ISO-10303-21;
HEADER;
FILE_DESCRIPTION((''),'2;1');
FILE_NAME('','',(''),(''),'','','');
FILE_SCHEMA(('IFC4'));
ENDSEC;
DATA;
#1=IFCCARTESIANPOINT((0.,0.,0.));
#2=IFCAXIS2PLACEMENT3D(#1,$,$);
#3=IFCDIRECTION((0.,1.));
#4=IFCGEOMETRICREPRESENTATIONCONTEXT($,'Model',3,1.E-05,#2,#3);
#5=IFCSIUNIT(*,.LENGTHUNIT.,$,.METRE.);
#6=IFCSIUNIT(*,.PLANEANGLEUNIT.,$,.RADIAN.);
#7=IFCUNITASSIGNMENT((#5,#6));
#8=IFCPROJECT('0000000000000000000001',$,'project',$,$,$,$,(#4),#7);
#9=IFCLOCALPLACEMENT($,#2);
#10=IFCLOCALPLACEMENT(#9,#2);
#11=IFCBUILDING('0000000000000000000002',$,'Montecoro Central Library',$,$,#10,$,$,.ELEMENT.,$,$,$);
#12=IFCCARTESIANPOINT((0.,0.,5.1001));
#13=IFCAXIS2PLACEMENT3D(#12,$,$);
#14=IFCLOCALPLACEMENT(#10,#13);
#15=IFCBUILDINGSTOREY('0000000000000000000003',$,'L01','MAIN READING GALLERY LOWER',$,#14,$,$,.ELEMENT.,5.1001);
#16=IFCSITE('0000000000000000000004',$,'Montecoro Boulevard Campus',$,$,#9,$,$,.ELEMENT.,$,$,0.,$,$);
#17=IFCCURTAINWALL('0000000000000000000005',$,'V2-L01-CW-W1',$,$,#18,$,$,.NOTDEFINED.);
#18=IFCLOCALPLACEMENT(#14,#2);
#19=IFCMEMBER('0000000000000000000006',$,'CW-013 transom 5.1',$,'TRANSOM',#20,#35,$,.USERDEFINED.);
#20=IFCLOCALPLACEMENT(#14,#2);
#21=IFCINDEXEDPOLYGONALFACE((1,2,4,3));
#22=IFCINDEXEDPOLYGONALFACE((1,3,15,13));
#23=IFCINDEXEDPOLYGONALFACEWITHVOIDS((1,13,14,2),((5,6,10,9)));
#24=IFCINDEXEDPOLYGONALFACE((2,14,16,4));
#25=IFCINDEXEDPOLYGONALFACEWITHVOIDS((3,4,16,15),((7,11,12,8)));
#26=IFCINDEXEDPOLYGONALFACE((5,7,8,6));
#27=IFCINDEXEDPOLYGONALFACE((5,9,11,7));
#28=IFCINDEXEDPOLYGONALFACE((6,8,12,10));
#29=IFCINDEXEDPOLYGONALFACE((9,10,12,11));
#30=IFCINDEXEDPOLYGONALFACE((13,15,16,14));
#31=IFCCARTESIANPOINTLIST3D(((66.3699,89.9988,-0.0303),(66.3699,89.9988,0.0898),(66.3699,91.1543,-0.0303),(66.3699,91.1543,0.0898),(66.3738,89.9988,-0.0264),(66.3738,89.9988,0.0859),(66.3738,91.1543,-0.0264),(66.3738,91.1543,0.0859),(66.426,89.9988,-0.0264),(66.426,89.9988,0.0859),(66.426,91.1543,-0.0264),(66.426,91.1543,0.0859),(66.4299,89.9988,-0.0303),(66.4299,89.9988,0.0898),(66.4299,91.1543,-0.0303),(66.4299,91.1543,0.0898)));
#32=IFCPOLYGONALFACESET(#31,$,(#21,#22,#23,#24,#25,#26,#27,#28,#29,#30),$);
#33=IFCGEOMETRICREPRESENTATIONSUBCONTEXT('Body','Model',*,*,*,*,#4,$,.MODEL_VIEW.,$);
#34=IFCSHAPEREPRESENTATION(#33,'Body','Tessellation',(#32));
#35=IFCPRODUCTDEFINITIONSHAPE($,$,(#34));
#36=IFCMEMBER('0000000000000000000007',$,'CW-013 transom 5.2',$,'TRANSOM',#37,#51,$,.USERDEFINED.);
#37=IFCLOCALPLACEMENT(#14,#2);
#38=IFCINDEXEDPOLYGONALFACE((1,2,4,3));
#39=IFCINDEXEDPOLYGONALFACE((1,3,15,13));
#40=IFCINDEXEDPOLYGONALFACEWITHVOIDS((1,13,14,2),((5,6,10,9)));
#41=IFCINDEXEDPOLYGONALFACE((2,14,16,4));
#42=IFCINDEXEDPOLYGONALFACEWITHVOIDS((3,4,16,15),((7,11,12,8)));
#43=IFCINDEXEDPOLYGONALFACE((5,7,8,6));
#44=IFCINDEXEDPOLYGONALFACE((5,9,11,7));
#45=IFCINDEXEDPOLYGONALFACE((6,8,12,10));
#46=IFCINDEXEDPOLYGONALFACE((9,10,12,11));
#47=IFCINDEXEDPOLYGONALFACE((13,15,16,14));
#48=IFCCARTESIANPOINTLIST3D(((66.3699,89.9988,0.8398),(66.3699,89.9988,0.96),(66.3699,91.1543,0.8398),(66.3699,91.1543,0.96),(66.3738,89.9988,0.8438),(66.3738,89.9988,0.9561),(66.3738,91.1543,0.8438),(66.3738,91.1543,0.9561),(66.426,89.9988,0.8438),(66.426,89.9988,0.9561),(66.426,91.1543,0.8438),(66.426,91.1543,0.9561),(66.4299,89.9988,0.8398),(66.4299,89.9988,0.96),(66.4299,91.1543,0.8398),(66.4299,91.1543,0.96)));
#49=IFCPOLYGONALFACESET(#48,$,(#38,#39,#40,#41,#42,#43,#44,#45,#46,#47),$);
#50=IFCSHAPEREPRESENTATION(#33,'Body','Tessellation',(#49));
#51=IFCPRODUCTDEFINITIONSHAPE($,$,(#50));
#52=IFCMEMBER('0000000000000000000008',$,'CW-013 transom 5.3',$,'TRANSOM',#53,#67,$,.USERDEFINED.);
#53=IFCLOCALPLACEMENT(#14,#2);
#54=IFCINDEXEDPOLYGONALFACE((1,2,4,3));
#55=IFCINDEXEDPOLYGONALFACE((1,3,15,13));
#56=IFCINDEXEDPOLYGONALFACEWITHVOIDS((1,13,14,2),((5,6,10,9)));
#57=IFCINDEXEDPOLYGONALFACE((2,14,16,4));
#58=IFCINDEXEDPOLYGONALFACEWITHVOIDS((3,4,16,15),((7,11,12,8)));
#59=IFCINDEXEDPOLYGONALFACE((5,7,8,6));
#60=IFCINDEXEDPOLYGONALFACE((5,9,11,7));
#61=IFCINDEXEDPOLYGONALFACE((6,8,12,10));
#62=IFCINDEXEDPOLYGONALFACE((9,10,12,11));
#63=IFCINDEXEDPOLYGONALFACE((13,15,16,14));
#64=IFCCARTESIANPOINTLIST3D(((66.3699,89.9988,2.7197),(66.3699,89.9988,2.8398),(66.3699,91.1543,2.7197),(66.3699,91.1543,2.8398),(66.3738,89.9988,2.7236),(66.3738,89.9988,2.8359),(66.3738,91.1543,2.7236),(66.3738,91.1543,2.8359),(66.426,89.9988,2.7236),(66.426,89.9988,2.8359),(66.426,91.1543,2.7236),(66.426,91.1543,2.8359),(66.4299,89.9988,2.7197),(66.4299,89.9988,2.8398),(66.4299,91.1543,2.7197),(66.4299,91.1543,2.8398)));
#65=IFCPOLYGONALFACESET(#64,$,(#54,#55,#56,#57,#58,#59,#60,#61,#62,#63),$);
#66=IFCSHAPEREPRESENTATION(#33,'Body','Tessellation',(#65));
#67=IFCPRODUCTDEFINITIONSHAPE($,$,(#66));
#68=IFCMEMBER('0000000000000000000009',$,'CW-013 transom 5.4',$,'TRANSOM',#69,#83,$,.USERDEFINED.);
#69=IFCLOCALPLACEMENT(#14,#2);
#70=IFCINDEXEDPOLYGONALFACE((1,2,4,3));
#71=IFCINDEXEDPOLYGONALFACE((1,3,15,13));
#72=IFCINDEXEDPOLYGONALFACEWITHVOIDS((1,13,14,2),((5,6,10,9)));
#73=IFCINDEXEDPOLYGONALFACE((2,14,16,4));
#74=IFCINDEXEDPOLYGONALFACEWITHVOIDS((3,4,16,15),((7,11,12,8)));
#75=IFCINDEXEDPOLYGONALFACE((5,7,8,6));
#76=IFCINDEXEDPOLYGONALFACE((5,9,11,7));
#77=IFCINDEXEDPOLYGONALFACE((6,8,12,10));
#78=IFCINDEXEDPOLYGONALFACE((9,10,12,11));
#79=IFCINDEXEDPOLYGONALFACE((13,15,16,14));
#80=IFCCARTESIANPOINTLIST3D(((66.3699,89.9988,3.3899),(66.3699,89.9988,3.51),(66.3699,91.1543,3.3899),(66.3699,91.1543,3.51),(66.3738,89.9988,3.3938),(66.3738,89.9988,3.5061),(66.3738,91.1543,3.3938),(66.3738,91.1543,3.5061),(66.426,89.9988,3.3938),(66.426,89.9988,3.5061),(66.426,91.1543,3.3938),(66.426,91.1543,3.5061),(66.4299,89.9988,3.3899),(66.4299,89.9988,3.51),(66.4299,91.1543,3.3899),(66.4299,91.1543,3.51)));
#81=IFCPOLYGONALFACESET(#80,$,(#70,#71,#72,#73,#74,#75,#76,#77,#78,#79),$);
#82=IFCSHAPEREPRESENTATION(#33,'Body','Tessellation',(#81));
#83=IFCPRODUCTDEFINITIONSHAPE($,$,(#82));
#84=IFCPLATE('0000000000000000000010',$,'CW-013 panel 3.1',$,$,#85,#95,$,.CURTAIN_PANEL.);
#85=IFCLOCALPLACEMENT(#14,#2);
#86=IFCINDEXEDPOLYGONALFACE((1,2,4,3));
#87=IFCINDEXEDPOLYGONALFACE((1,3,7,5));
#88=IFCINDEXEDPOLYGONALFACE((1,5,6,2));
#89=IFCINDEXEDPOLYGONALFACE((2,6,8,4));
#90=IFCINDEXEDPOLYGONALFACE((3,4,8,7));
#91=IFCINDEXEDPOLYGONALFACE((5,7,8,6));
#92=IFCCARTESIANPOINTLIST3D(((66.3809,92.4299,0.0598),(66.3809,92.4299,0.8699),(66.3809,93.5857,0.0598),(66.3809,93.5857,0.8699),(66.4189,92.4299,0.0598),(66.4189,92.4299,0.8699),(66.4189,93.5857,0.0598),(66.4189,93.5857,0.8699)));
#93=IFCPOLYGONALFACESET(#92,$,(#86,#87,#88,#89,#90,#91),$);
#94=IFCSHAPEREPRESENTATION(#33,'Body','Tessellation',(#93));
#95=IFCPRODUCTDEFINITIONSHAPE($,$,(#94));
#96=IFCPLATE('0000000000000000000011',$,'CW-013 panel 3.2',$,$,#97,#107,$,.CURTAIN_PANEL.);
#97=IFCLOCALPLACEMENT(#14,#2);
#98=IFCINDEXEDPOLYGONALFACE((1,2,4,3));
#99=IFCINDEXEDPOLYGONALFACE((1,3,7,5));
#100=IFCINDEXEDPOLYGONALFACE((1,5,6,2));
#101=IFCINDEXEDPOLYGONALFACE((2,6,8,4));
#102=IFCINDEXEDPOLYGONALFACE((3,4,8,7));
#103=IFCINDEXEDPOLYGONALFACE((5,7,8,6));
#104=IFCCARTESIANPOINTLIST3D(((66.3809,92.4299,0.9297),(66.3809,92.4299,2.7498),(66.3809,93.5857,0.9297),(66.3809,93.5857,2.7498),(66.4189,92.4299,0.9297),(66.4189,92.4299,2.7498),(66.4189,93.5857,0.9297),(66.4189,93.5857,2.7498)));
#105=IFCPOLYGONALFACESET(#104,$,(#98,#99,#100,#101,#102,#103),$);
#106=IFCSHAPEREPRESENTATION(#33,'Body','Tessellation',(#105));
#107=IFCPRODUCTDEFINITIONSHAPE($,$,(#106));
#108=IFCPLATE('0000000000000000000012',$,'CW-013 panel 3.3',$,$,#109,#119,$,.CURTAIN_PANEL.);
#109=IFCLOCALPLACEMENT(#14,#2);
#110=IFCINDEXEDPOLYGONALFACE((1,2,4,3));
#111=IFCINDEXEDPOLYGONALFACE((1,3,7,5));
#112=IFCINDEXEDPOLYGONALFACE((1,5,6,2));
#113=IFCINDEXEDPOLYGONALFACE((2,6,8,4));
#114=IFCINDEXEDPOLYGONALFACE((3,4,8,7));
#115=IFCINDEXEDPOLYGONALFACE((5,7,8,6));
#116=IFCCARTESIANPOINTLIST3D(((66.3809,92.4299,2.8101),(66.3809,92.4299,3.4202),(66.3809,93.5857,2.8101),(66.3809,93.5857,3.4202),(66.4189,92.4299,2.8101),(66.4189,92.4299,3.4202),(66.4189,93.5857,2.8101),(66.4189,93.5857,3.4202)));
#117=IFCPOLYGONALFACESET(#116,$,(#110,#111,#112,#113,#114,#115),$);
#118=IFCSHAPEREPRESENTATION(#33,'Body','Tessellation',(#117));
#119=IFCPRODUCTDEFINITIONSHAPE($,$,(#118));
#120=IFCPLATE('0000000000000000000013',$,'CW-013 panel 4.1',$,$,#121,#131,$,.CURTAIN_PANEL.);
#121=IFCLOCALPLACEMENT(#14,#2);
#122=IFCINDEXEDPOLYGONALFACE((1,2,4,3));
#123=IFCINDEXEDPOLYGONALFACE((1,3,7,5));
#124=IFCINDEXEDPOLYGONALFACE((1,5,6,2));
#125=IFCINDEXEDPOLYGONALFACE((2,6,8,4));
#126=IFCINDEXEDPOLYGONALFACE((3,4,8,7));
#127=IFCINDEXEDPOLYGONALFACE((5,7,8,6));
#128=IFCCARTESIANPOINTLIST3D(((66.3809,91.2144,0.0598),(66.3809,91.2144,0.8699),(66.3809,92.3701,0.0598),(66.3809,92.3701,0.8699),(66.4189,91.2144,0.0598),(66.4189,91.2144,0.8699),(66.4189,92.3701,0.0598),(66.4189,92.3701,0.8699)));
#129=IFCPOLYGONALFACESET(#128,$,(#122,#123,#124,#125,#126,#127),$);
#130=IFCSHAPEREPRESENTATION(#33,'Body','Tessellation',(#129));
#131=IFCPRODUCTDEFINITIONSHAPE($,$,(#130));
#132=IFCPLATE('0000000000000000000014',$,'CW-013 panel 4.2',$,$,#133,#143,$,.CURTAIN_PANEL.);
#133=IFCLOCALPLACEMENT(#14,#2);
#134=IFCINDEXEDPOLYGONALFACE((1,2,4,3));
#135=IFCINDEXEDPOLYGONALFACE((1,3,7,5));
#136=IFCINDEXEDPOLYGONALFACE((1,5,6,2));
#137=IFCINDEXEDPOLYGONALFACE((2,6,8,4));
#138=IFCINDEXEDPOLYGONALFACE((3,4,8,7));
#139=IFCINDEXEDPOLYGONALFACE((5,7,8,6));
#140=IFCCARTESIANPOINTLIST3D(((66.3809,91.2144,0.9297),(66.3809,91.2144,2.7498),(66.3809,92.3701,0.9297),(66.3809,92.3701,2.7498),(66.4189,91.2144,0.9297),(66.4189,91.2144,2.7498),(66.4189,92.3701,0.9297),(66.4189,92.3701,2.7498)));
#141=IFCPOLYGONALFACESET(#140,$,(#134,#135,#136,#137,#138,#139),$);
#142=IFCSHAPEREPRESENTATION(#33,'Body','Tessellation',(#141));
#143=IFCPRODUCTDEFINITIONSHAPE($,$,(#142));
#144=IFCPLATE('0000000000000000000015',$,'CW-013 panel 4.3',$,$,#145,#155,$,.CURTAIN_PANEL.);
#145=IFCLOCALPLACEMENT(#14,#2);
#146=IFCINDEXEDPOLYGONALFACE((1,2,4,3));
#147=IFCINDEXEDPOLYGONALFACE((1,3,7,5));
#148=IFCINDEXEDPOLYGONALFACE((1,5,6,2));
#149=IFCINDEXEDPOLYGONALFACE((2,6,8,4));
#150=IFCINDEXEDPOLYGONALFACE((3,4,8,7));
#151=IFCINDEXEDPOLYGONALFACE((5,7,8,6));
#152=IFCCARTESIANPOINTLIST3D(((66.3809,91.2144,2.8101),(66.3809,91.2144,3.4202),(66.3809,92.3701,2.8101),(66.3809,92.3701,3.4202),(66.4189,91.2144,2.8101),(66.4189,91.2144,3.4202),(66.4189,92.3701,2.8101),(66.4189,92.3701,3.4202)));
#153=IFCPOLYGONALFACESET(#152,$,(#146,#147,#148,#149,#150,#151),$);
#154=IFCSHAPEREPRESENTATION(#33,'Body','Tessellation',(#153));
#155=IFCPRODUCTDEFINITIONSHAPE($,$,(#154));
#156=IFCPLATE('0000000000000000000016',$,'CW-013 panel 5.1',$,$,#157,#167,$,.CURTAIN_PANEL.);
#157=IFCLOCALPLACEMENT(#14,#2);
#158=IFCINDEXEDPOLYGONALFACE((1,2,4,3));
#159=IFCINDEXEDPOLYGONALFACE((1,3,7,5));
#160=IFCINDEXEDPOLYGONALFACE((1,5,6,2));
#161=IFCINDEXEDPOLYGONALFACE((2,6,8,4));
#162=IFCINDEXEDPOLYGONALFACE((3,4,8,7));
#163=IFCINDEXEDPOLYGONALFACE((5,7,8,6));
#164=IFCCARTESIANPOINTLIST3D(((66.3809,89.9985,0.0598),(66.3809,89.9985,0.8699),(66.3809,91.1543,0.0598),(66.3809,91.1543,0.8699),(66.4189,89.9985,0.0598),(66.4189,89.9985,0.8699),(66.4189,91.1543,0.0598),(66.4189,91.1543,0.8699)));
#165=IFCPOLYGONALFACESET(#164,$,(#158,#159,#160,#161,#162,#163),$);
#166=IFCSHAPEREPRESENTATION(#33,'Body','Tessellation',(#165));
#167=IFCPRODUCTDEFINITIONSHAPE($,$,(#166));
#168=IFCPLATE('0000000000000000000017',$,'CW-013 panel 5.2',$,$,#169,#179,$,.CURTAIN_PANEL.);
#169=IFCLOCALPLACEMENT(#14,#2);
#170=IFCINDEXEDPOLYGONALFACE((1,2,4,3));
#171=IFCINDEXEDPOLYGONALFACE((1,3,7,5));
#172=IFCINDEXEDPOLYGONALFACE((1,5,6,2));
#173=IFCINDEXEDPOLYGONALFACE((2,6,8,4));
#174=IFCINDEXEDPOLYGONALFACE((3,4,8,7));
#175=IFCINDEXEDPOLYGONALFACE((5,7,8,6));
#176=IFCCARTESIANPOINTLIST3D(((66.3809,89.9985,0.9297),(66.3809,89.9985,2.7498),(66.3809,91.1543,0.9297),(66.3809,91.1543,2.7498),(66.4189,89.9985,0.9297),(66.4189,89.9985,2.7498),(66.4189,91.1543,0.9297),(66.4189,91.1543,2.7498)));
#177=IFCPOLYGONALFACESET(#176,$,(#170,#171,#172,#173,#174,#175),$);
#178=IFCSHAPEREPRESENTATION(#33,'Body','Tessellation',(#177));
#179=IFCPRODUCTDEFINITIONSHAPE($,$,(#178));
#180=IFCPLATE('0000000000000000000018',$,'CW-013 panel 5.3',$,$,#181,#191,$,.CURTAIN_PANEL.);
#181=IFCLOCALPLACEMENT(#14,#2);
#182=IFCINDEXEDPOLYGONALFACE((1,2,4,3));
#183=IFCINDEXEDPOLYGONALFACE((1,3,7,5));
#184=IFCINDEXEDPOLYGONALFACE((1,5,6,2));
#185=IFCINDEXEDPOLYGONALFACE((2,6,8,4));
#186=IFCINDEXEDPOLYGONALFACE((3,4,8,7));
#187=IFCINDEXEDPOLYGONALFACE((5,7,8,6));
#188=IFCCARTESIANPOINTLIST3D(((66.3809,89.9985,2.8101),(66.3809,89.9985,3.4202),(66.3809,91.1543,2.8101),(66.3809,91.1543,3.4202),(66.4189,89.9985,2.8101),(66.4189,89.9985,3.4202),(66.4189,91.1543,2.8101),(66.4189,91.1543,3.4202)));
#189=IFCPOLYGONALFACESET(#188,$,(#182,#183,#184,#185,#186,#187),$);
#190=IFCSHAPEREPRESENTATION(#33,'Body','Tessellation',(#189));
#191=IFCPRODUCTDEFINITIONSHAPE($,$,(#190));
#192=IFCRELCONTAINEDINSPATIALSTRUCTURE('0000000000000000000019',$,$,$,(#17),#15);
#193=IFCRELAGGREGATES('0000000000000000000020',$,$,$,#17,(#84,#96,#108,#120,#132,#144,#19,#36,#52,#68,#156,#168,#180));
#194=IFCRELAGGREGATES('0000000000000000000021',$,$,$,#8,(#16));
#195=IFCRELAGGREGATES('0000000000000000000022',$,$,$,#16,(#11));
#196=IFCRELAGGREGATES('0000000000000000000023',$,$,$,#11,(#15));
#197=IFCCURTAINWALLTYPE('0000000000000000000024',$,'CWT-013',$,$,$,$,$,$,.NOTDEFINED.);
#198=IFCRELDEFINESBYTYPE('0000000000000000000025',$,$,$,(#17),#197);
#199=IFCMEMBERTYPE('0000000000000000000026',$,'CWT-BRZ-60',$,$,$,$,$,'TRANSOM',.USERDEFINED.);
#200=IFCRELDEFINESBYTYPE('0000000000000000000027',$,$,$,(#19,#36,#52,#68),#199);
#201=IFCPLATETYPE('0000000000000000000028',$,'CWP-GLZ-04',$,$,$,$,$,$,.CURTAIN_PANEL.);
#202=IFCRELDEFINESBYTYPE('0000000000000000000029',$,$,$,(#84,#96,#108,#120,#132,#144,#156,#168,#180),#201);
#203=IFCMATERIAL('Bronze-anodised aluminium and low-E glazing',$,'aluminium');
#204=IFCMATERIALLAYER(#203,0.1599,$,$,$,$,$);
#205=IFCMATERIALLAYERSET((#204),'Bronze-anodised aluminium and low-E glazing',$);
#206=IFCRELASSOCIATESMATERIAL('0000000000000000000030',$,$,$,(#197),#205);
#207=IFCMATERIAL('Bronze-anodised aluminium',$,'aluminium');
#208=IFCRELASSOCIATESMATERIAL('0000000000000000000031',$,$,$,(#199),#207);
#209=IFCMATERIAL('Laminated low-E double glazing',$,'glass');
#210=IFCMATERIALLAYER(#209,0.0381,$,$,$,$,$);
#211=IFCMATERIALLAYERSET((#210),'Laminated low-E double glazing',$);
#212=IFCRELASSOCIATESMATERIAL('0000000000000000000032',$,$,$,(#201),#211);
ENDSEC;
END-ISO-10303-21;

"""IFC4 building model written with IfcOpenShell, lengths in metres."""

from ifc_helpers import new_model, si_unit, direction, frame, origin, origin_2d, place, context, subcontext, project, spatial, rectangle, hollow_rectangle, extrude, material, layer, layer_set, material_profile, profile_set, type_object, element, aggregate, save


model = new_model("IFC4")

# Units and contexts
model_context = context("Model", 3, precision=1e-05, world=origin(), true_north=direction((0.0, 1.0)))
body_context = subcontext(model_context, "Body", "Model", "MODEL_VIEW")
ifc_project = project(units=[si_unit("LENGTHUNIT", "METRE"), si_unit("PLANEANGLEUNIT", "RADIAN")], contexts=[model_context])

# Site, building, storey
site_placement = place(None, origin())
site = spatial("IfcSite", under=ifc_project, at=site_placement, Name="Montecoro Boulevard Campus", CompositionType="ELEMENT", RefElevation=0.0)
building_placement = place(site_placement, origin())
building = spatial("IfcBuilding", under=site, at=building_placement, Name="Montecoro Central Library", CompositionType="ELEMENT")
storey_placement = place(building_placement, frame((0.0, 0.0, 5.1001)))
storey = spatial("IfcBuildingStorey", under=building, at=storey_placement, Name="L01", Description="MAIN READING GALLERY LOWER", CompositionType="ELEMENT", Elevation=5.1001)

# Curtain wall, members, plates
ifc_material_1 = material(Name="Bronze-anodised aluminium and low-E glazing", Category="aluminium")
ifc_layer_1 = layer(ifc_material_1, 0.1599)
ifc_layer_set_1 = layer_set([ifc_layer_1], Name="Bronze-anodised aluminium and low-E glazing")
curtain_wall_type = type_object("IfcCurtainWallType", Name="CWT-013", PredefinedType="NOTDEFINED", material=ifc_layer_set_1)
curtain_wall_placement = place(storey_placement, origin())
curtain_wall = element("IfcCurtainWall", 1, at=curtain_wall_placement, inside=storey, type_object=curtain_wall_type, Name="V2-L01-CW-W1", PredefinedType="NOTDEFINED")
ifc_material_2 = material(Name="Bronze-anodised aluminium", Category="aluminium")
ifc_material_profile_1 = material_profile(ifc_material_2, hollow_rectangle(XDim=0.0601, YDim=0.1201, WallThickness=0.0039, at=origin_2d()), Name="CWT 120x60x4.0")
ifc_profile_set_1 = profile_set([ifc_material_profile_1], Name="Bronze-anodised aluminium")
member_type_1 = type_object("IfcMemberType", Name="CWT-BRZ-60", ElementType="TRANSOM", PredefinedType="USERDEFINED", material=ifc_profile_set_1)
member_1_placement = place(storey_placement, frame((66.3999, 91.1543, 0.0298), z_axis=(0.0, -1.0, 0.0), x_axis=(1.0, 0.0, 0.0)))
member_1 = element("IfcMember", 2, at=member_1_placement, type_object=member_type_1, Name="CW-013 transom 5.1", ObjectType="TRANSOM", PredefinedType="USERDEFINED", context=body_context, shape_type="SweptSolid", body=[
    extrude(hollow_rectangle(XDim=0.0601, YDim=0.1201, WallThickness=0.0039, at=origin_2d()), origin(), (0.0, 0.0, 1.0), 1.1555),
])
member_2_placement = place(storey_placement, frame((66.3999, 91.1543, 0.8999), z_axis=(0.0, -1.0, 0.0), x_axis=(1.0, 0.0, 0.0)))
member_2 = element("IfcMember", 3, at=member_2_placement, type_object=member_type_1, Name="CW-013 transom 5.2", ObjectType="TRANSOM", PredefinedType="USERDEFINED", context=body_context, shape_type="SweptSolid", body=[
    extrude(hollow_rectangle(XDim=0.0601, YDim=0.1201, WallThickness=0.0039, at=origin_2d()), origin(), (0.0, 0.0, 1.0), 1.1555),
])
member_3_placement = place(storey_placement, frame((66.3999, 91.1543, 2.7798), z_axis=(0.0, -1.0, 0.0), x_axis=(1.0, 0.0, 0.0)))
member_3 = element("IfcMember", 4, at=member_3_placement, type_object=member_type_1, Name="CW-013 transom 5.3", ObjectType="TRANSOM", PredefinedType="USERDEFINED", context=body_context, shape_type="SweptSolid", body=[
    extrude(hollow_rectangle(XDim=0.0601, YDim=0.1201, WallThickness=0.0039, at=origin_2d()), origin(), (0.0, 0.0, 1.0), 1.1555),
])
member_4_placement = place(storey_placement, frame((66.3999, 91.1543, 3.45), z_axis=(0.0, -1.0, 0.0), x_axis=(1.0, 0.0, 0.0)))
member_4 = element("IfcMember", 5, at=member_4_placement, type_object=member_type_1, Name="CW-013 transom 5.4", ObjectType="TRANSOM", PredefinedType="USERDEFINED", context=body_context, shape_type="SweptSolid", body=[
    extrude(hollow_rectangle(XDim=0.0601, YDim=0.1201, WallThickness=0.0039, at=origin_2d()), origin(), (0.0, 0.0, 1.0), 1.1555),
])
ifc_material_3 = material(Name="Laminated low-E double glazing", Category="glass")
ifc_layer_2 = layer(ifc_material_3, 0.0381)
ifc_layer_set_2 = layer_set([ifc_layer_2], Name="Laminated low-E double glazing")
plate_type = type_object("IfcPlateType", Name="CWP-GLZ-04", PredefinedType="CURTAIN_PANEL", material=ifc_layer_set_2)
plate_1_placement = place(storey_placement, frame((66.3999, 93.0078, 0.0598), z_axis=(0.0, 0.0, 1.0), x_axis=(0.0, -1.0, 0.0)))
plate_1 = element("IfcPlate", 6, at=plate_1_placement, type_object=plate_type, Name="CW-013 panel 3.1", PredefinedType="CURTAIN_PANEL", context=body_context, shape_type="SweptSolid", body=[
    extrude(rectangle(XDim=1.1558, YDim=0.0381, at=origin_2d()), origin(), (0.0, 0.0, 1.0), 0.8101),
])
plate_2_placement = place(storey_placement, frame((66.3999, 93.0078, 0.9297), z_axis=(0.0, 0.0, 1.0), x_axis=(0.0, -1.0, 0.0)))
plate_2 = element("IfcPlate", 7, at=plate_2_placement, type_object=plate_type, Name="CW-013 panel 3.2", PredefinedType="CURTAIN_PANEL", context=body_context, shape_type="SweptSolid", body=[
    extrude(rectangle(XDim=1.1558, YDim=0.0381, at=origin_2d()), origin(), (0.0, 0.0, 1.0), 1.8201),
])
plate_3_placement = place(storey_placement, frame((66.3999, 93.0078, 2.8101), z_axis=(0.0, 0.0, 1.0), x_axis=(0.0, -1.0, 0.0)))
plate_3 = element("IfcPlate", 8, at=plate_3_placement, type_object=plate_type, Name="CW-013 panel 3.3", PredefinedType="CURTAIN_PANEL", context=body_context, shape_type="SweptSolid", body=[
    extrude(rectangle(XDim=1.1558, YDim=0.0381, at=origin_2d()), origin(), (0.0, 0.0, 1.0), 0.6101),
])
plate_4_placement = place(storey_placement, frame((66.3999, 91.7922, 0.0598), z_axis=(0.0, 0.0, 1.0), x_axis=(0.0, -1.0, 0.0)))
plate_4 = element("IfcPlate", 9, at=plate_4_placement, type_object=plate_type, Name="CW-013 panel 4.1", PredefinedType="CURTAIN_PANEL", context=body_context, shape_type="SweptSolid", body=[
    extrude(rectangle(XDim=1.1558, YDim=0.0381, at=origin_2d()), origin(), (0.0, 0.0, 1.0), 0.8101),
])
plate_5_placement = place(storey_placement, frame((66.3999, 91.7922, 0.9297), z_axis=(0.0, 0.0, 1.0), x_axis=(0.0, -1.0, 0.0)))
plate_5 = element("IfcPlate", 10, at=plate_5_placement, type_object=plate_type, Name="CW-013 panel 4.2", PredefinedType="CURTAIN_PANEL", context=body_context, shape_type="SweptSolid", body=[
    extrude(rectangle(XDim=1.1558, YDim=0.0381, at=origin_2d()), origin(), (0.0, 0.0, 1.0), 1.8201),
])
plate_6_placement = place(storey_placement, frame((66.3999, 91.7922, 2.8101), z_axis=(0.0, 0.0, 1.0), x_axis=(0.0, -1.0, 0.0)))
plate_6 = element("IfcPlate", 11, at=plate_6_placement, type_object=plate_type, Name="CW-013 panel 4.3", PredefinedType="CURTAIN_PANEL", context=body_context, shape_type="SweptSolid", body=[
    extrude(rectangle(XDim=1.1558, YDim=0.0381, at=origin_2d()), origin(), (0.0, 0.0, 1.0), 0.6101),
])
plate_7_placement = place(storey_placement, frame((66.3999, 90.5764, 0.0598), z_axis=(0.0, 0.0, 1.0), x_axis=(0.0, -1.0, 0.0)))
plate_7 = element("IfcPlate", 12, at=plate_7_placement, type_object=plate_type, Name="CW-013 panel 5.1", PredefinedType="CURTAIN_PANEL", context=body_context, shape_type="SweptSolid", body=[
    extrude(rectangle(XDim=1.1558, YDim=0.0381, at=origin_2d()), origin(), (0.0, 0.0, 1.0), 0.8101),
])
plate_8_placement = place(storey_placement, frame((66.3999, 90.5764, 0.9297), z_axis=(0.0, 0.0, 1.0), x_axis=(0.0, -1.0, 0.0)))
plate_8 = element("IfcPlate", 13, at=plate_8_placement, type_object=plate_type, Name="CW-013 panel 5.2", PredefinedType="CURTAIN_PANEL", context=body_context, shape_type="SweptSolid", body=[
    extrude(rectangle(XDim=1.1558, YDim=0.0381, at=origin_2d()), origin(), (0.0, 0.0, 1.0), 1.8201),
])
plate_9_placement = place(storey_placement, frame((66.3999, 90.5764, 2.8101), z_axis=(0.0, 0.0, 1.0), x_axis=(0.0, -1.0, 0.0)))
plate_9 = element("IfcPlate", 14, at=plate_9_placement, type_object=plate_type, Name="CW-013 panel 5.3", PredefinedType="CURTAIN_PANEL", context=body_context, shape_type="SweptSolid", body=[
    extrude(rectangle(XDim=1.1558, YDim=0.0381, at=origin_2d()), origin(), (0.0, 0.0, 1.0), 0.6101),
])
aggregate(curtain_wall, [plate_1, plate_2, plate_3, plate_4, plate_5, plate_6, member_1, member_2, member_3, member_4, plate_7, plate_8, plate_9])

save(model, "model.ifc")
